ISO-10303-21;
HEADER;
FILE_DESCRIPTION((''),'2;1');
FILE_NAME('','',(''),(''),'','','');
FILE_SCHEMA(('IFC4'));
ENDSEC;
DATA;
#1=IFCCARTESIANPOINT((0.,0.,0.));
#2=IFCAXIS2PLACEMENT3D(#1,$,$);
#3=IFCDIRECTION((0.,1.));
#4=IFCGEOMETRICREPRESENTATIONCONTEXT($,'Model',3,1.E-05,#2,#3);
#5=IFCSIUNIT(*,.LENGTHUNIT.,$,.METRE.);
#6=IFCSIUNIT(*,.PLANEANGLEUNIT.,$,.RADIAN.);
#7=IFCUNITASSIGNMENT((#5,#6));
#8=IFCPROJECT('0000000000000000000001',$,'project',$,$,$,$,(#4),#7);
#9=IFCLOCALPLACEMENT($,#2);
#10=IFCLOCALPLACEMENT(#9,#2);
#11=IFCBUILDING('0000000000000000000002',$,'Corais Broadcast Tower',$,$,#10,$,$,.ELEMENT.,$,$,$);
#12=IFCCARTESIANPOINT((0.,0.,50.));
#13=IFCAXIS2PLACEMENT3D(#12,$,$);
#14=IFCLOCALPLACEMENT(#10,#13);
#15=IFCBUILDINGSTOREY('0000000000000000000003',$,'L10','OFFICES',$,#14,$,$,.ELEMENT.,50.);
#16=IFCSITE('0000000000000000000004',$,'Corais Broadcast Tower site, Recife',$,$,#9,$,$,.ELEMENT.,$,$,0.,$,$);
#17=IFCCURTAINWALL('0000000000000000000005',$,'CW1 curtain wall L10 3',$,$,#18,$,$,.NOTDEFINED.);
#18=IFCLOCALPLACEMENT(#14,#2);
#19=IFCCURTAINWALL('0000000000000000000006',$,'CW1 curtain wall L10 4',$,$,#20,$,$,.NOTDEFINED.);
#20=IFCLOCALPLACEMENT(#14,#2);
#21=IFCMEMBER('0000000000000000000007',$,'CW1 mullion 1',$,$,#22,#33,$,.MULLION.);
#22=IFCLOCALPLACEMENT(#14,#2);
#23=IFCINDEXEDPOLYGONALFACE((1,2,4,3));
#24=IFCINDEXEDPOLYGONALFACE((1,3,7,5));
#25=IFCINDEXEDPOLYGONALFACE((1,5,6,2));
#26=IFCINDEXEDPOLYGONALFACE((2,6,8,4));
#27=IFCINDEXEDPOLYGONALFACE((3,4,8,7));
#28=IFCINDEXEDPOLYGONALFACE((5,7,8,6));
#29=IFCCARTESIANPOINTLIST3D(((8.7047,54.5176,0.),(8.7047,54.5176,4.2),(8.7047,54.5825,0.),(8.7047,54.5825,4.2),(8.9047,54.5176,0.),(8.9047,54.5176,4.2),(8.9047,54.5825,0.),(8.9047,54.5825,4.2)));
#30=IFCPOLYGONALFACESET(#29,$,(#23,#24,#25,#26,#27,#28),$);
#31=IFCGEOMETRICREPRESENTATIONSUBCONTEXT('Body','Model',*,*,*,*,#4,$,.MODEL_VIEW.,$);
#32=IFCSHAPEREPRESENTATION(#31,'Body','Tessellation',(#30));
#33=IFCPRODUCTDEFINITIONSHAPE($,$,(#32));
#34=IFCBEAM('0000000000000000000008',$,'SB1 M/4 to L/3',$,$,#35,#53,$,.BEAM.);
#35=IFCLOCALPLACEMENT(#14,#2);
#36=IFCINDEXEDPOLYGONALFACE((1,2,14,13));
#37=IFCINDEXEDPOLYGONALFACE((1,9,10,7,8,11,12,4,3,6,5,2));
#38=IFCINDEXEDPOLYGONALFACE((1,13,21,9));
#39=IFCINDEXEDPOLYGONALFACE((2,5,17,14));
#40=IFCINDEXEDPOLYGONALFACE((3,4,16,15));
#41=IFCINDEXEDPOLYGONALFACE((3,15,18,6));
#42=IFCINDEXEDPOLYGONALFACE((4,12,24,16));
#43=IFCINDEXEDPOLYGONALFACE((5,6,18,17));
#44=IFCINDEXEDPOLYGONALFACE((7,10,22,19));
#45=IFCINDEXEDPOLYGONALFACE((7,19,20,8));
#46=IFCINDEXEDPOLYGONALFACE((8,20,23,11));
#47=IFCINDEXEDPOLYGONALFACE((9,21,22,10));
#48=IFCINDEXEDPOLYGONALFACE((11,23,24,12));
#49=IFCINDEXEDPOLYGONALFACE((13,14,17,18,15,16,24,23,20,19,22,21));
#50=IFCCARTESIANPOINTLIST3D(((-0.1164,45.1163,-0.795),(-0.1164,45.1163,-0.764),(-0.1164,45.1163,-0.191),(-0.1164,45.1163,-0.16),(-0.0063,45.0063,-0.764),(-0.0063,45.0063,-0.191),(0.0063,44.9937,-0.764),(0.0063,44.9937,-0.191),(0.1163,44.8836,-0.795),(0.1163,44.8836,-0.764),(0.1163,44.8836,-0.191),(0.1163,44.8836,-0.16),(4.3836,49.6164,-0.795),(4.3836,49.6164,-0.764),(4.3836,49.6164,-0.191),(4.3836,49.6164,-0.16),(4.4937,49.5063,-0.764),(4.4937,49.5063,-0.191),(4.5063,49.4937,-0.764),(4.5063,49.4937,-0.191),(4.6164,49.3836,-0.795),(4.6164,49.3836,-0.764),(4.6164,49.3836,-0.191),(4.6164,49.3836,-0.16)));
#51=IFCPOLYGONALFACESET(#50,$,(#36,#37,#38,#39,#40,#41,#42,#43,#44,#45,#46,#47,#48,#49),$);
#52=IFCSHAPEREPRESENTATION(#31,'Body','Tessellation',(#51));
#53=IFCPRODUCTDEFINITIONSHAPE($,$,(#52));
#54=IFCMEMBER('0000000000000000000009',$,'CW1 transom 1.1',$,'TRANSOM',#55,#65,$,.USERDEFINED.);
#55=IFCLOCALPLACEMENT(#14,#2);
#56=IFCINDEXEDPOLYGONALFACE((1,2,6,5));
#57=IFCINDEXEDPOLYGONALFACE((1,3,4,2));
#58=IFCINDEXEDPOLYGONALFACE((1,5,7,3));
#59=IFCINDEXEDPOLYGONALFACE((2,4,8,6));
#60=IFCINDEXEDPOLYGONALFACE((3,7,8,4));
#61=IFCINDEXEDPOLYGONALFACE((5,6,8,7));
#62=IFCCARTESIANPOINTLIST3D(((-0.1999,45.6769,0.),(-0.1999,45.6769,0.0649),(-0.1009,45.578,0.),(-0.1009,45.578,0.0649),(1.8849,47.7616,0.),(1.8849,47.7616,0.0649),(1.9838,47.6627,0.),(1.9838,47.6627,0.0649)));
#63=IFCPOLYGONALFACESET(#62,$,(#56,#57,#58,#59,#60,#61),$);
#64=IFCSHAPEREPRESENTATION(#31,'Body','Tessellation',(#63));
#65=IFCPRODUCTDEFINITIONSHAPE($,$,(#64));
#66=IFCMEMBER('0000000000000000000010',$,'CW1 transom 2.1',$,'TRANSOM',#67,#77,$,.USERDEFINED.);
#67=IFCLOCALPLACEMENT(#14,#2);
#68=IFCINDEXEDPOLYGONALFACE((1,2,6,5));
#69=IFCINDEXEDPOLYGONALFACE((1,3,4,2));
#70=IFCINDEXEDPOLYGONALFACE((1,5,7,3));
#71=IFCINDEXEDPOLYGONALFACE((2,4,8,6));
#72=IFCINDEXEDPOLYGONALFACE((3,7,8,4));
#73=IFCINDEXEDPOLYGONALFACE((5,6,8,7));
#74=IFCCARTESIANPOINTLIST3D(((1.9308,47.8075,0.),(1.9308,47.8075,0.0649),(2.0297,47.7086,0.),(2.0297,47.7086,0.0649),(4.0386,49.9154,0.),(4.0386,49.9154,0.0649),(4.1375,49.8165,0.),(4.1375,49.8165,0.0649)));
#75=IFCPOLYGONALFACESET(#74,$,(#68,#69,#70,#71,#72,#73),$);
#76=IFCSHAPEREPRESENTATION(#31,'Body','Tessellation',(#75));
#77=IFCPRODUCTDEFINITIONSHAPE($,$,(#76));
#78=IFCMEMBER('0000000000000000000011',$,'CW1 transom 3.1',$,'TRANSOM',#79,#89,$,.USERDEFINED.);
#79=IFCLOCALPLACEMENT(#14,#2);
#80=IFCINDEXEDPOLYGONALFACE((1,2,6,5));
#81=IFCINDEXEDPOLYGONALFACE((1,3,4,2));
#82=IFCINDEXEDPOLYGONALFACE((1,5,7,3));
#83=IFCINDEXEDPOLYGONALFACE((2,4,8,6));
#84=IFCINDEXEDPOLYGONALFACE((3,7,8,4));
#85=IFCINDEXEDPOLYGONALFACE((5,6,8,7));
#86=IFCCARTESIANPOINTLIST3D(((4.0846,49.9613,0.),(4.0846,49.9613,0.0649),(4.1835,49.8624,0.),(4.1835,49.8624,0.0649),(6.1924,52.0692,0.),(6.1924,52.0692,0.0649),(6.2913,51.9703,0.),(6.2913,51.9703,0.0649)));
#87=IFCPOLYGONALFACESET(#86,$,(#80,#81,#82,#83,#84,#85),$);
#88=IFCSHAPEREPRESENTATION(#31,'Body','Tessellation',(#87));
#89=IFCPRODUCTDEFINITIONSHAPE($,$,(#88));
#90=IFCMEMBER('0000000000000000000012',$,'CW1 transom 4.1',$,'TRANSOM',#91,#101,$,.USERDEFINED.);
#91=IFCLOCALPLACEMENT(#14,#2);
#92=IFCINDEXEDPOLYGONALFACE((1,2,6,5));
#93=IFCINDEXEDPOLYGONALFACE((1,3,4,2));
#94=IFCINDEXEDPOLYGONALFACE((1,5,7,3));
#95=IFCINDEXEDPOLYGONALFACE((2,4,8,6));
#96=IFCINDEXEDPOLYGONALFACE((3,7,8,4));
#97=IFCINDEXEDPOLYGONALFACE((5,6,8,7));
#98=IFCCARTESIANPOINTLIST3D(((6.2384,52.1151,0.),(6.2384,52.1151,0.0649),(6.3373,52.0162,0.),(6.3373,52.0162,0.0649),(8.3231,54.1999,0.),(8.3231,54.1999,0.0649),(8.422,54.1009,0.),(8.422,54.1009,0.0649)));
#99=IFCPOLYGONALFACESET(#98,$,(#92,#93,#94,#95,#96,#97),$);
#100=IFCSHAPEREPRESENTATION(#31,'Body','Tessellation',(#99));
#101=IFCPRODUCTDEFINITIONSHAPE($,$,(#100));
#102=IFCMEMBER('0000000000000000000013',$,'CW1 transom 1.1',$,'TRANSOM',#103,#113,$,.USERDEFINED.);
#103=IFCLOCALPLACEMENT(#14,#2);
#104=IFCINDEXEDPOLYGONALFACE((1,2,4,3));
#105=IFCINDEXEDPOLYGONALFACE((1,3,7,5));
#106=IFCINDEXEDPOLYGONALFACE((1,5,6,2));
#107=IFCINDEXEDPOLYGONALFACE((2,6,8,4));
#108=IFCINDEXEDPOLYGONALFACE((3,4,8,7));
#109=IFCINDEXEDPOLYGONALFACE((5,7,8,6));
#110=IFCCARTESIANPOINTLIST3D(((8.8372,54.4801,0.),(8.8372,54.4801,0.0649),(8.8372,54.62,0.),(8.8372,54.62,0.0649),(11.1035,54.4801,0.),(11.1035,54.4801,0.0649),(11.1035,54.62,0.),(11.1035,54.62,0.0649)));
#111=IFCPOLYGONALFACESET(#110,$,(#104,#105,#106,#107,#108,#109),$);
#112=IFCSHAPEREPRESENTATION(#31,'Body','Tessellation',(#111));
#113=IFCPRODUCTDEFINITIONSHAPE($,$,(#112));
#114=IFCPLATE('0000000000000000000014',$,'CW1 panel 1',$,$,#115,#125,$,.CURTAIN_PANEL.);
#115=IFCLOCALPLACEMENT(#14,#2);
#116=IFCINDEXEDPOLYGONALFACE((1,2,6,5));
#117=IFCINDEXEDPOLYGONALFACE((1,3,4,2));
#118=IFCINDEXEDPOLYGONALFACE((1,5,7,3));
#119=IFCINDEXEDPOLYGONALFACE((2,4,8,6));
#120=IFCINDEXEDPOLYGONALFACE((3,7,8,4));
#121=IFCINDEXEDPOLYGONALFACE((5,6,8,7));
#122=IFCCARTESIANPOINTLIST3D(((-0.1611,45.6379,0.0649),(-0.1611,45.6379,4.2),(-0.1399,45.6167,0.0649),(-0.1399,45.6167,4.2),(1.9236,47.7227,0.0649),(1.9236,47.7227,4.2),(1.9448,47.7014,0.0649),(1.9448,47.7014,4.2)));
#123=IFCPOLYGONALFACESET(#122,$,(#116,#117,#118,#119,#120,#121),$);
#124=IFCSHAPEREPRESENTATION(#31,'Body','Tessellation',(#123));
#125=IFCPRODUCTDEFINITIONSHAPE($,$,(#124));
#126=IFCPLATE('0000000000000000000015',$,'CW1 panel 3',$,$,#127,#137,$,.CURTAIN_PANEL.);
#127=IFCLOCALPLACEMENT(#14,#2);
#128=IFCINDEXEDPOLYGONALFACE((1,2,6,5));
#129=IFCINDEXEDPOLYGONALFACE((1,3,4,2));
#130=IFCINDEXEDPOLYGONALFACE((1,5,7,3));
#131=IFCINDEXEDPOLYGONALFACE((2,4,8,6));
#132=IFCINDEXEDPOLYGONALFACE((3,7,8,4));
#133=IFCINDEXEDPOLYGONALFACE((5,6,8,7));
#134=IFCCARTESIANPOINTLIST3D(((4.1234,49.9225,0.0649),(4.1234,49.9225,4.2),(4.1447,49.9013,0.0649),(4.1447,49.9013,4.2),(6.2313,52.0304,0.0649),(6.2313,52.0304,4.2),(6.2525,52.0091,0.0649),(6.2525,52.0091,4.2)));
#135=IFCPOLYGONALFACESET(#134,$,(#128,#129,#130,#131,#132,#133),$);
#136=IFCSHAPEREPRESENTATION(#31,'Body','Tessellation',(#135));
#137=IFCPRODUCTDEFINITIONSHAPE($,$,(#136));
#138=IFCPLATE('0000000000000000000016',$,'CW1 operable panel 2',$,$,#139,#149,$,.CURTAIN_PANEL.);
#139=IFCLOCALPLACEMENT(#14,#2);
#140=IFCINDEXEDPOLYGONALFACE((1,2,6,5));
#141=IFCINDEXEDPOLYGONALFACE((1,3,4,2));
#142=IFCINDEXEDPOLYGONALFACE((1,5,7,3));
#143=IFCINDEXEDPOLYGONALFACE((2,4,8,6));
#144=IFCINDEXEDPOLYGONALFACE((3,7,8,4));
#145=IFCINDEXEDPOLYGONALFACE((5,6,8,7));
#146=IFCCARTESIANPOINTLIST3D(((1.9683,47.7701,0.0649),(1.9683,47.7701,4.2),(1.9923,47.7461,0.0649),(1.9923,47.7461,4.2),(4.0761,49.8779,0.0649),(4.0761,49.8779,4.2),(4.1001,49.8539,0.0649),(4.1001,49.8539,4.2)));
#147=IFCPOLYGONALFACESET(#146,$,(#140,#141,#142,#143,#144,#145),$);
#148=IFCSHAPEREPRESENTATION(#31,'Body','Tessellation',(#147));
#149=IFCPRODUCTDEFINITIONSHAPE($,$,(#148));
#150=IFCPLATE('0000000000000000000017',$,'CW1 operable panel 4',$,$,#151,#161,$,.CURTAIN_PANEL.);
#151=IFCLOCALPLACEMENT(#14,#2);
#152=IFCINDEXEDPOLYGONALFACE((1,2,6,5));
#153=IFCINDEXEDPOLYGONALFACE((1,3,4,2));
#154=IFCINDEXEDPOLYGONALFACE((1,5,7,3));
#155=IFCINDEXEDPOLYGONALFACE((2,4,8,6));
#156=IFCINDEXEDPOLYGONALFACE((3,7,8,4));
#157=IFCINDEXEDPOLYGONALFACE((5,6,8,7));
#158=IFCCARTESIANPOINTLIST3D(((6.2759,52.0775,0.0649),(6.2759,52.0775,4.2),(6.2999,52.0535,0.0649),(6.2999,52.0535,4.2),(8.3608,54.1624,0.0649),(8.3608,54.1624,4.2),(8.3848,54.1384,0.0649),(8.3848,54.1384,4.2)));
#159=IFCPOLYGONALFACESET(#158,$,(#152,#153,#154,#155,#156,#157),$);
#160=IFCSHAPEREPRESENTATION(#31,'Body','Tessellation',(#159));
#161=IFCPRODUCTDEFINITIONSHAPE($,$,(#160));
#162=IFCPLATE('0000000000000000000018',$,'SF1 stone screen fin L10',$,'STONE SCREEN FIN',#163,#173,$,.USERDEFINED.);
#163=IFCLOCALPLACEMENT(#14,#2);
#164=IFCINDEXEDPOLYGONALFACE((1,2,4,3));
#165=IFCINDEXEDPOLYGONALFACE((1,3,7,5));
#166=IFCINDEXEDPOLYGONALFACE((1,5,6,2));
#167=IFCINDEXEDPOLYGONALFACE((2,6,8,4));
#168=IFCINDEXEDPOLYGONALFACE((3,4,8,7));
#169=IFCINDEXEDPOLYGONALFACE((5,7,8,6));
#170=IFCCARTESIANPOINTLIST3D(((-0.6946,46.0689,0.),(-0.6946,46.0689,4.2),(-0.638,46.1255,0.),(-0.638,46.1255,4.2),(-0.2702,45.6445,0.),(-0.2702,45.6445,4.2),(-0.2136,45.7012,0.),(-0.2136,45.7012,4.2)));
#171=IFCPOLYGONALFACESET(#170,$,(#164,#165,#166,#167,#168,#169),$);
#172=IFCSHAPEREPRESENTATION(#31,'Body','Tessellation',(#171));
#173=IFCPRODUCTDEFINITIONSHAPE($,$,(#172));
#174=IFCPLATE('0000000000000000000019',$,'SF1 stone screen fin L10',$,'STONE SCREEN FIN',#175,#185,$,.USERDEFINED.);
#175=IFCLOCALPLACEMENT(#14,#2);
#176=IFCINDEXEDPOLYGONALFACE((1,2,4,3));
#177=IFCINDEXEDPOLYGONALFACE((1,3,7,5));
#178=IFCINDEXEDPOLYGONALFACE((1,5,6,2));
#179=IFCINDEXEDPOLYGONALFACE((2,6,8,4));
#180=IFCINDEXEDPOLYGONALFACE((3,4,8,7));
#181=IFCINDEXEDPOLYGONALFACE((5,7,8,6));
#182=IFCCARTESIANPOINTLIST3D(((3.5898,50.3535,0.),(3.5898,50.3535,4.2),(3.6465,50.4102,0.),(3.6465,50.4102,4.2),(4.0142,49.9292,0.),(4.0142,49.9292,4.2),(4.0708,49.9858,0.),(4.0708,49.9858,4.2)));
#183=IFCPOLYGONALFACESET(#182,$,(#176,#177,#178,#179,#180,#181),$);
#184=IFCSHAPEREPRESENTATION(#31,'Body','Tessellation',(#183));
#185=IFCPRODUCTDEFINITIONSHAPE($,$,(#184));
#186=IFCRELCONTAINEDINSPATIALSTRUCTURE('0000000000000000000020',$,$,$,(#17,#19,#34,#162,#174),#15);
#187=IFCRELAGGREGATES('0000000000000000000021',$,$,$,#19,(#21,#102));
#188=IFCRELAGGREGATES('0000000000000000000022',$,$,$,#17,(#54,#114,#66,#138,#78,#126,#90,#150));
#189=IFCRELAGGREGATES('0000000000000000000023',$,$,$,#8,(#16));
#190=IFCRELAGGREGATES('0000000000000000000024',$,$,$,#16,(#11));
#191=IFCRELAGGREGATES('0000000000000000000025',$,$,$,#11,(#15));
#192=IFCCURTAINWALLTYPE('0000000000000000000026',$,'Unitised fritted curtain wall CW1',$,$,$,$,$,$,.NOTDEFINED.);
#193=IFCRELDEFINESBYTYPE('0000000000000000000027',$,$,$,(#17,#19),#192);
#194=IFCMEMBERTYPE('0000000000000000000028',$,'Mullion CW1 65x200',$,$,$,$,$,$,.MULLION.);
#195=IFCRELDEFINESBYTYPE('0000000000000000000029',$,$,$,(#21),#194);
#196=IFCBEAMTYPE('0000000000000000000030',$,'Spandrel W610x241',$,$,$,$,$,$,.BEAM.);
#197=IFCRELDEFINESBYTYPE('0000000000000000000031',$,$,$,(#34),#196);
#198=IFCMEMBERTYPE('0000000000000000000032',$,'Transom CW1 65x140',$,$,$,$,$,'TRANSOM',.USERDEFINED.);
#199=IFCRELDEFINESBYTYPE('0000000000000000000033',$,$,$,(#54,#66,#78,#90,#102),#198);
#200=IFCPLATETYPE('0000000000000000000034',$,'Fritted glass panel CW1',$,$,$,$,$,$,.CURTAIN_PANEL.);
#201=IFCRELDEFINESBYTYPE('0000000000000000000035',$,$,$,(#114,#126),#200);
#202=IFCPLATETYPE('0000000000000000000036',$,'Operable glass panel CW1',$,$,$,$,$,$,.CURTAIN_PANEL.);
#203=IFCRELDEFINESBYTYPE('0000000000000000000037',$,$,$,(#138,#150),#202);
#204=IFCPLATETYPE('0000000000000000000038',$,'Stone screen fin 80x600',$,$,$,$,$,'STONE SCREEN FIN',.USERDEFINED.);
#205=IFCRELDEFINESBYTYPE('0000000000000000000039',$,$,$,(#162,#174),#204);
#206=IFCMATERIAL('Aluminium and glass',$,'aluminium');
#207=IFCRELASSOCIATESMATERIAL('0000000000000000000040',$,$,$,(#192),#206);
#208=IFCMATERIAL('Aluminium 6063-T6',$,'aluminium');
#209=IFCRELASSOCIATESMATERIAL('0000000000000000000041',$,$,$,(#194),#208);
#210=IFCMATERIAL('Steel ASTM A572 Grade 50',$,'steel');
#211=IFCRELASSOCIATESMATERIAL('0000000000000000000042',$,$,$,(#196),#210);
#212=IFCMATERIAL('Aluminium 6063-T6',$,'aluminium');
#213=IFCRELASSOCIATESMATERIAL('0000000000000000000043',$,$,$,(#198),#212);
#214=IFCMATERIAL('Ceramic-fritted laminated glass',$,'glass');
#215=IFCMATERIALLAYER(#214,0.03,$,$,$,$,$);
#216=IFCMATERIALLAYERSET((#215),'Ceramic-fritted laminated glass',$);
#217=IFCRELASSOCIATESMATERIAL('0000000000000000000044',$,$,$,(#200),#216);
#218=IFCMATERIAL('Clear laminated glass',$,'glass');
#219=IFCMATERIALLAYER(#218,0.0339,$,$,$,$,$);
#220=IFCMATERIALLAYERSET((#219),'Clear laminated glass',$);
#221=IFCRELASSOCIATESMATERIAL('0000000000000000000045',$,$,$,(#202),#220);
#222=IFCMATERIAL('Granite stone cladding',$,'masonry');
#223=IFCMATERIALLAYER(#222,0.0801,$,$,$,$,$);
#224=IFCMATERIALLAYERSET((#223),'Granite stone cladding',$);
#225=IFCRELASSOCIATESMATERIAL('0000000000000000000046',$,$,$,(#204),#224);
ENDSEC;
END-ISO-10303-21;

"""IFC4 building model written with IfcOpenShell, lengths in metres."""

from ifc_helpers import new_model, si_unit, direction, frame, origin, origin_2d, place, context, subcontext, project, spatial, rectangle, i_section, extrude, material, layer, layer_set, material_profile, profile_set, type_object, element, aggregate, save


model = new_model("IFC4")

# Units and contexts
model_context = context("Model", 3, precision=1e-05, world=origin(), true_north=direction((0.0, 1.0)))
body_context = subcontext(model_context, "Body", "Model", "MODEL_VIEW")
ifc_project = project(units=[si_unit("LENGTHUNIT", "METRE"), si_unit("PLANEANGLEUNIT", "RADIAN")], contexts=[model_context])

# Site, building, storey
site_placement = place(None, origin())
site = spatial("IfcSite", under=ifc_project, at=site_placement, Name="Corais Broadcast Tower site, Recife", CompositionType="ELEMENT", RefElevation=0.0)
building_placement = place(site_placement, origin())
building = spatial("IfcBuilding", under=site, at=building_placement, Name="Corais Broadcast Tower", CompositionType="ELEMENT")
storey_placement = place(building_placement, frame((0.0, 0.0, 50.0)))
storey = spatial("IfcBuildingStorey", under=building, at=storey_placement, Name="L10", Description="OFFICES", CompositionType="ELEMENT", Elevation=50.0)

# Shared definitions
ifc_material_1 = material(Name="Aluminium and glass", Category="aluminium")
curtain_wall_type = type_object("IfcCurtainWallType", Name="Unitised fritted curtain wall CW1", PredefinedType="NOTDEFINED", material=ifc_material_1)
ifc_material_2 = material(Name="Aluminium 6063-T6", Category="aluminium")
ifc_material_profile_1 = material_profile(ifc_material_2, rectangle(XDim=0.0649, YDim=0.2, at=origin_2d()), Name="Mullion CW1 65x200")
ifc_profile_set_1 = profile_set([ifc_material_profile_1], Name="Aluminium 6063-T6")
member_type_1 = type_object("IfcMemberType", Name="Mullion CW1 65x200", PredefinedType="MULLION", material=ifc_profile_set_1)

# Curtain wall
curtain_wall_1_placement = place(storey_placement, origin())
curtain_wall_1 = element("IfcCurtainWall", 1, at=curtain_wall_1_placement, inside=storey, type_object=curtain_wall_type, Name="CW1 curtain wall L10 3", PredefinedType="NOTDEFINED")

# Curtain wall, member
curtain_wall_2_placement = place(storey_placement, origin())
curtain_wall_2 = element("IfcCurtainWall", 2, at=curtain_wall_2_placement, inside=storey, type_object=curtain_wall_type, Name="CW1 curtain wall L10 4", PredefinedType="NOTDEFINED")
member_1_placement = place(storey_placement, frame((8.8047, 54.55, 0.0), z_axis=(0.0, 0.0, 1.0), x_axis=(0.0, 1.0, 0.0)))
member_1 = element("IfcMember", 3, at=member_1_placement, type_object=member_type_1, Name="CW1 mullion 1", PredefinedType="MULLION", context=body_context, shape_type="SweptSolid", body=[
    extrude(rectangle(XDim=0.0649, YDim=0.2, at=origin_2d()), origin(), (0.0, 0.0, 1.0), 4.2),
])

# Beam
ifc_material_3 = material(Name="Steel ASTM A572 Grade 50", Category="steel")
ifc_material_profile_2 = material_profile(ifc_material_3, i_section(OverallWidth=0.3291, OverallDepth=0.635, WebThickness=0.0178, FlangeThickness=0.031, at=origin_2d()), Name="W610x241")
ifc_profile_set_2 = profile_set([ifc_material_profile_2], Name="Steel ASTM A572 Grade 50")
beam_type_1 = type_object("IfcBeamType", Name="Spandrel W610x241", PredefinedType="BEAM", material=ifc_profile_set_2)
beam_1_placement = place(storey_placement, frame((4.5, 49.5, -0.4775), z_axis=(-0.707107, -0.707107, 0.0), x_axis=(0.707107, -0.707107, 0.0)))
element("IfcBeam", 4, at=beam_1_placement, inside=storey, type_object=beam_type_1, Name="SB1 M/4 to L/3", PredefinedType="BEAM", context=body_context, shape_type="SweptSolid", body=[
    extrude(i_section(OverallWidth=0.3291, OverallDepth=0.635, WebThickness=0.0178, FlangeThickness=0.031, at=origin_2d()), origin(), (0.0, 0.0, 1.0), 6.364),
])

# Members
ifc_material_4 = material(Name="Aluminium 6063-T6", Category="aluminium")
ifc_material_profile_3 = material_profile(ifc_material_4, rectangle(XDim=0.1399, YDim=0.0649, at=origin_2d()), Name="Transom CW1 65x140")
ifc_profile_set_3 = profile_set([ifc_material_profile_3], Name="Aluminium 6063-T6")
member_type_2 = type_object("IfcMemberType", Name="Transom CW1 65x140", ElementType="TRANSOM", PredefinedType="USERDEFINED", material=ifc_profile_set_3)
member_2_placement = place(storey_placement, frame((-0.1504, 45.6274, 0.0325), z_axis=(0.707107, 0.707107, 0.0), x_axis=(-0.707107, 0.707107, 0.0)))
member_2 = element("IfcMember", 5, at=member_2_placement, type_object=member_type_2, Name="CW1 transom 1.1", ObjectType="TRANSOM", PredefinedType="USERDEFINED", context=body_context, shape_type="SweptSolid", body=[
    extrude(rectangle(XDim=0.1399, YDim=0.0649, at=origin_2d()), origin(), (0.0, 0.0, 1.0), 2.9482),
])
member_3_placement = place(storey_placement, frame((1.9802, 47.7581, 0.0325), z_axis=(0.707107, 0.707107, 0.0), x_axis=(-0.707107, 0.707107, 0.0)))
member_3 = element("IfcMember", 6, at=member_3_placement, type_object=member_type_2, Name="CW1 transom 2.1", ObjectType="TRANSOM", PredefinedType="USERDEFINED", context=body_context, shape_type="SweptSolid", body=[
    extrude(rectangle(XDim=0.1399, YDim=0.0649, at=origin_2d()), origin(), (0.0, 0.0, 1.0), 2.981),
])
member_4_placement = place(storey_placement, frame((4.134, 49.9119, 0.0325), z_axis=(0.707107, 0.707107, 0.0), x_axis=(-0.707107, 0.707107, 0.0)))
member_4 = element("IfcMember", 7, at=member_4_placement, type_object=member_type_2, Name="CW1 transom 3.1", ObjectType="TRANSOM", PredefinedType="USERDEFINED", context=body_context, shape_type="SweptSolid", body=[
    extrude(rectangle(XDim=0.1399, YDim=0.0649, at=origin_2d()), origin(), (0.0, 0.0, 1.0), 2.981),
])
member_5_placement = place(storey_placement, frame((6.2878, 52.0657, 0.0325), z_axis=(0.707107, 0.707107, 0.0), x_axis=(-0.707107, 0.707107, 0.0)))
member_5 = element("IfcMember", 8, at=member_5_placement, type_object=member_type_2, Name="CW1 transom 4.1", ObjectType="TRANSOM", PredefinedType="USERDEFINED", context=body_context, shape_type="SweptSolid", body=[
    extrude(rectangle(XDim=0.1399, YDim=0.0649, at=origin_2d()), origin(), (0.0, 0.0, 1.0), 2.9482),
])
member_6_placement = place(storey_placement, frame((8.8372, 54.55, 0.0325), z_axis=(1.0, 0.0, 0.0), x_axis=(0.0, 1.0, 0.0)))
member_6 = element("IfcMember", 9, at=member_6_placement, type_object=member_type_2, Name="CW1 transom 1.1", ObjectType="TRANSOM", PredefinedType="USERDEFINED", context=body_context, shape_type="SweptSolid", body=[
    extrude(rectangle(XDim=0.1399, YDim=0.0649, at=origin_2d()), origin(), (0.0, 0.0, 1.0), 2.2664),
])
aggregate(curtain_wall_2, [member_1, member_6])

# Plates
ifc_material_5 = material(Name="Ceramic-fritted laminated glass", Category="glass")
ifc_layer_1 = layer(ifc_material_5, 0.03)
ifc_layer_set_1 = layer_set([ifc_layer_1], Name="Ceramic-fritted laminated glass")
plate_type_1 = type_object("IfcPlateType", Name="Fritted glass panel CW1", PredefinedType="CURTAIN_PANEL", material=ifc_layer_set_1)
plate_1_placement = place(storey_placement, frame((0.8918, 46.6697, 0.0649), z_axis=(0.0, 0.0, 1.0), x_axis=(0.707107, 0.707107, 0.0)))
plate_1 = element("IfcPlate", 10, at=plate_1_placement, type_object=plate_type_1, Name="CW1 panel 1", PredefinedType="CURTAIN_PANEL", context=body_context, shape_type="SweptSolid", body=[
    extrude(rectangle(XDim=2.9482, YDim=0.03, at=origin_2d()), origin(), (0.0, 0.0, 1.0), 4.135),
])
plate_2_placement = place(storey_placement, frame((5.188, 50.9658, 0.0649), z_axis=(0.0, 0.0, 1.0), x_axis=(0.707107, 0.707107, 0.0)))
plate_2 = element("IfcPlate", 11, at=plate_2_placement, type_object=plate_type_1, Name="CW1 panel 3", PredefinedType="CURTAIN_PANEL", context=body_context, shape_type="SweptSolid", body=[
    extrude(rectangle(XDim=2.981, YDim=0.03, at=origin_2d()), origin(), (0.0, 0.0, 1.0), 4.135),
])
ifc_material_6 = material(Name="Clear laminated glass", Category="glass")
ifc_layer_2 = layer(ifc_material_6, 0.0339)
ifc_layer_set_2 = layer_set([ifc_layer_2], Name="Clear laminated glass")
plate_type_2 = type_object("IfcPlateType", Name="Operable glass panel CW1", PredefinedType="CURTAIN_PANEL", material=ifc_layer_set_2)
plate_3_placement = place(storey_placement, frame((3.0342, 48.812, 0.0649), z_axis=(0.0, 0.0, 1.0), x_axis=(0.707107, 0.707107, 0.0)))
plate_3 = element("IfcPlate", 12, at=plate_3_placement, type_object=plate_type_2, Name="CW1 operable panel 2", PredefinedType="CURTAIN_PANEL", context=body_context, shape_type="SweptSolid", body=[
    extrude(rectangle(XDim=2.981, YDim=0.0339, at=origin_2d()), origin(), (0.0, 0.0, 1.0), 4.135),
])
plate_4_placement = place(storey_placement, frame((7.3303, 53.1079, 0.0649), z_axis=(0.0, 0.0, 1.0), x_axis=(0.707107, 0.707107, 0.0)))
plate_4 = element("IfcPlate", 13, at=plate_4_placement, type_object=plate_type_2, Name="CW1 operable panel 4", PredefinedType="CURTAIN_PANEL", context=body_context, shape_type="SweptSolid", body=[
    extrude(rectangle(XDim=2.9485, YDim=0.0339, at=origin_2d()), origin(), (0.0, 0.0, 1.0), 4.135),
])
aggregate(curtain_wall_1, [member_2, plate_1, member_3, plate_3, member_4, plate_2, member_5, plate_4])

# Plates
ifc_material_7 = material(Name="Granite stone cladding", Category="masonry")
ifc_layer_3 = layer(ifc_material_7, 0.0801)
ifc_layer_set_3 = layer_set([ifc_layer_3], Name="Granite stone cladding")
plate_type_3 = type_object("IfcPlateType", Name="Stone screen fin 80x600", ElementType="STONE SCREEN FIN", PredefinedType="USERDEFINED", material=ifc_layer_set_3)
for number, where, z_axis, x_axis, name in (
    (14, (-0.4541, 45.885, 0.0), (0.0, 0.0, 1.0), (0.707107, 0.707107, 0.0), "SF1 stone screen fin L10"),
    (15, (3.8303, 50.1697, 0.0), (0.0, 0.0, 1.0), (0.707107, 0.707107, 0.0), "SF1 stone screen fin L10"),
):
    element("IfcPlate", number, at=place(storey_placement, frame(where, z_axis=z_axis, x_axis=x_axis)), inside=storey, type_object=plate_type_3, Name=name, ObjectType="STONE SCREEN FIN", PredefinedType="USERDEFINED", context=body_context, shape_type="SweptSolid", body=[
        extrude(rectangle(XDim=0.0801, YDim=0.6001, at=origin_2d()), origin(), (0.0, 0.0, 1.0), 4.2),
    ])

save(model, "model.ifc")
